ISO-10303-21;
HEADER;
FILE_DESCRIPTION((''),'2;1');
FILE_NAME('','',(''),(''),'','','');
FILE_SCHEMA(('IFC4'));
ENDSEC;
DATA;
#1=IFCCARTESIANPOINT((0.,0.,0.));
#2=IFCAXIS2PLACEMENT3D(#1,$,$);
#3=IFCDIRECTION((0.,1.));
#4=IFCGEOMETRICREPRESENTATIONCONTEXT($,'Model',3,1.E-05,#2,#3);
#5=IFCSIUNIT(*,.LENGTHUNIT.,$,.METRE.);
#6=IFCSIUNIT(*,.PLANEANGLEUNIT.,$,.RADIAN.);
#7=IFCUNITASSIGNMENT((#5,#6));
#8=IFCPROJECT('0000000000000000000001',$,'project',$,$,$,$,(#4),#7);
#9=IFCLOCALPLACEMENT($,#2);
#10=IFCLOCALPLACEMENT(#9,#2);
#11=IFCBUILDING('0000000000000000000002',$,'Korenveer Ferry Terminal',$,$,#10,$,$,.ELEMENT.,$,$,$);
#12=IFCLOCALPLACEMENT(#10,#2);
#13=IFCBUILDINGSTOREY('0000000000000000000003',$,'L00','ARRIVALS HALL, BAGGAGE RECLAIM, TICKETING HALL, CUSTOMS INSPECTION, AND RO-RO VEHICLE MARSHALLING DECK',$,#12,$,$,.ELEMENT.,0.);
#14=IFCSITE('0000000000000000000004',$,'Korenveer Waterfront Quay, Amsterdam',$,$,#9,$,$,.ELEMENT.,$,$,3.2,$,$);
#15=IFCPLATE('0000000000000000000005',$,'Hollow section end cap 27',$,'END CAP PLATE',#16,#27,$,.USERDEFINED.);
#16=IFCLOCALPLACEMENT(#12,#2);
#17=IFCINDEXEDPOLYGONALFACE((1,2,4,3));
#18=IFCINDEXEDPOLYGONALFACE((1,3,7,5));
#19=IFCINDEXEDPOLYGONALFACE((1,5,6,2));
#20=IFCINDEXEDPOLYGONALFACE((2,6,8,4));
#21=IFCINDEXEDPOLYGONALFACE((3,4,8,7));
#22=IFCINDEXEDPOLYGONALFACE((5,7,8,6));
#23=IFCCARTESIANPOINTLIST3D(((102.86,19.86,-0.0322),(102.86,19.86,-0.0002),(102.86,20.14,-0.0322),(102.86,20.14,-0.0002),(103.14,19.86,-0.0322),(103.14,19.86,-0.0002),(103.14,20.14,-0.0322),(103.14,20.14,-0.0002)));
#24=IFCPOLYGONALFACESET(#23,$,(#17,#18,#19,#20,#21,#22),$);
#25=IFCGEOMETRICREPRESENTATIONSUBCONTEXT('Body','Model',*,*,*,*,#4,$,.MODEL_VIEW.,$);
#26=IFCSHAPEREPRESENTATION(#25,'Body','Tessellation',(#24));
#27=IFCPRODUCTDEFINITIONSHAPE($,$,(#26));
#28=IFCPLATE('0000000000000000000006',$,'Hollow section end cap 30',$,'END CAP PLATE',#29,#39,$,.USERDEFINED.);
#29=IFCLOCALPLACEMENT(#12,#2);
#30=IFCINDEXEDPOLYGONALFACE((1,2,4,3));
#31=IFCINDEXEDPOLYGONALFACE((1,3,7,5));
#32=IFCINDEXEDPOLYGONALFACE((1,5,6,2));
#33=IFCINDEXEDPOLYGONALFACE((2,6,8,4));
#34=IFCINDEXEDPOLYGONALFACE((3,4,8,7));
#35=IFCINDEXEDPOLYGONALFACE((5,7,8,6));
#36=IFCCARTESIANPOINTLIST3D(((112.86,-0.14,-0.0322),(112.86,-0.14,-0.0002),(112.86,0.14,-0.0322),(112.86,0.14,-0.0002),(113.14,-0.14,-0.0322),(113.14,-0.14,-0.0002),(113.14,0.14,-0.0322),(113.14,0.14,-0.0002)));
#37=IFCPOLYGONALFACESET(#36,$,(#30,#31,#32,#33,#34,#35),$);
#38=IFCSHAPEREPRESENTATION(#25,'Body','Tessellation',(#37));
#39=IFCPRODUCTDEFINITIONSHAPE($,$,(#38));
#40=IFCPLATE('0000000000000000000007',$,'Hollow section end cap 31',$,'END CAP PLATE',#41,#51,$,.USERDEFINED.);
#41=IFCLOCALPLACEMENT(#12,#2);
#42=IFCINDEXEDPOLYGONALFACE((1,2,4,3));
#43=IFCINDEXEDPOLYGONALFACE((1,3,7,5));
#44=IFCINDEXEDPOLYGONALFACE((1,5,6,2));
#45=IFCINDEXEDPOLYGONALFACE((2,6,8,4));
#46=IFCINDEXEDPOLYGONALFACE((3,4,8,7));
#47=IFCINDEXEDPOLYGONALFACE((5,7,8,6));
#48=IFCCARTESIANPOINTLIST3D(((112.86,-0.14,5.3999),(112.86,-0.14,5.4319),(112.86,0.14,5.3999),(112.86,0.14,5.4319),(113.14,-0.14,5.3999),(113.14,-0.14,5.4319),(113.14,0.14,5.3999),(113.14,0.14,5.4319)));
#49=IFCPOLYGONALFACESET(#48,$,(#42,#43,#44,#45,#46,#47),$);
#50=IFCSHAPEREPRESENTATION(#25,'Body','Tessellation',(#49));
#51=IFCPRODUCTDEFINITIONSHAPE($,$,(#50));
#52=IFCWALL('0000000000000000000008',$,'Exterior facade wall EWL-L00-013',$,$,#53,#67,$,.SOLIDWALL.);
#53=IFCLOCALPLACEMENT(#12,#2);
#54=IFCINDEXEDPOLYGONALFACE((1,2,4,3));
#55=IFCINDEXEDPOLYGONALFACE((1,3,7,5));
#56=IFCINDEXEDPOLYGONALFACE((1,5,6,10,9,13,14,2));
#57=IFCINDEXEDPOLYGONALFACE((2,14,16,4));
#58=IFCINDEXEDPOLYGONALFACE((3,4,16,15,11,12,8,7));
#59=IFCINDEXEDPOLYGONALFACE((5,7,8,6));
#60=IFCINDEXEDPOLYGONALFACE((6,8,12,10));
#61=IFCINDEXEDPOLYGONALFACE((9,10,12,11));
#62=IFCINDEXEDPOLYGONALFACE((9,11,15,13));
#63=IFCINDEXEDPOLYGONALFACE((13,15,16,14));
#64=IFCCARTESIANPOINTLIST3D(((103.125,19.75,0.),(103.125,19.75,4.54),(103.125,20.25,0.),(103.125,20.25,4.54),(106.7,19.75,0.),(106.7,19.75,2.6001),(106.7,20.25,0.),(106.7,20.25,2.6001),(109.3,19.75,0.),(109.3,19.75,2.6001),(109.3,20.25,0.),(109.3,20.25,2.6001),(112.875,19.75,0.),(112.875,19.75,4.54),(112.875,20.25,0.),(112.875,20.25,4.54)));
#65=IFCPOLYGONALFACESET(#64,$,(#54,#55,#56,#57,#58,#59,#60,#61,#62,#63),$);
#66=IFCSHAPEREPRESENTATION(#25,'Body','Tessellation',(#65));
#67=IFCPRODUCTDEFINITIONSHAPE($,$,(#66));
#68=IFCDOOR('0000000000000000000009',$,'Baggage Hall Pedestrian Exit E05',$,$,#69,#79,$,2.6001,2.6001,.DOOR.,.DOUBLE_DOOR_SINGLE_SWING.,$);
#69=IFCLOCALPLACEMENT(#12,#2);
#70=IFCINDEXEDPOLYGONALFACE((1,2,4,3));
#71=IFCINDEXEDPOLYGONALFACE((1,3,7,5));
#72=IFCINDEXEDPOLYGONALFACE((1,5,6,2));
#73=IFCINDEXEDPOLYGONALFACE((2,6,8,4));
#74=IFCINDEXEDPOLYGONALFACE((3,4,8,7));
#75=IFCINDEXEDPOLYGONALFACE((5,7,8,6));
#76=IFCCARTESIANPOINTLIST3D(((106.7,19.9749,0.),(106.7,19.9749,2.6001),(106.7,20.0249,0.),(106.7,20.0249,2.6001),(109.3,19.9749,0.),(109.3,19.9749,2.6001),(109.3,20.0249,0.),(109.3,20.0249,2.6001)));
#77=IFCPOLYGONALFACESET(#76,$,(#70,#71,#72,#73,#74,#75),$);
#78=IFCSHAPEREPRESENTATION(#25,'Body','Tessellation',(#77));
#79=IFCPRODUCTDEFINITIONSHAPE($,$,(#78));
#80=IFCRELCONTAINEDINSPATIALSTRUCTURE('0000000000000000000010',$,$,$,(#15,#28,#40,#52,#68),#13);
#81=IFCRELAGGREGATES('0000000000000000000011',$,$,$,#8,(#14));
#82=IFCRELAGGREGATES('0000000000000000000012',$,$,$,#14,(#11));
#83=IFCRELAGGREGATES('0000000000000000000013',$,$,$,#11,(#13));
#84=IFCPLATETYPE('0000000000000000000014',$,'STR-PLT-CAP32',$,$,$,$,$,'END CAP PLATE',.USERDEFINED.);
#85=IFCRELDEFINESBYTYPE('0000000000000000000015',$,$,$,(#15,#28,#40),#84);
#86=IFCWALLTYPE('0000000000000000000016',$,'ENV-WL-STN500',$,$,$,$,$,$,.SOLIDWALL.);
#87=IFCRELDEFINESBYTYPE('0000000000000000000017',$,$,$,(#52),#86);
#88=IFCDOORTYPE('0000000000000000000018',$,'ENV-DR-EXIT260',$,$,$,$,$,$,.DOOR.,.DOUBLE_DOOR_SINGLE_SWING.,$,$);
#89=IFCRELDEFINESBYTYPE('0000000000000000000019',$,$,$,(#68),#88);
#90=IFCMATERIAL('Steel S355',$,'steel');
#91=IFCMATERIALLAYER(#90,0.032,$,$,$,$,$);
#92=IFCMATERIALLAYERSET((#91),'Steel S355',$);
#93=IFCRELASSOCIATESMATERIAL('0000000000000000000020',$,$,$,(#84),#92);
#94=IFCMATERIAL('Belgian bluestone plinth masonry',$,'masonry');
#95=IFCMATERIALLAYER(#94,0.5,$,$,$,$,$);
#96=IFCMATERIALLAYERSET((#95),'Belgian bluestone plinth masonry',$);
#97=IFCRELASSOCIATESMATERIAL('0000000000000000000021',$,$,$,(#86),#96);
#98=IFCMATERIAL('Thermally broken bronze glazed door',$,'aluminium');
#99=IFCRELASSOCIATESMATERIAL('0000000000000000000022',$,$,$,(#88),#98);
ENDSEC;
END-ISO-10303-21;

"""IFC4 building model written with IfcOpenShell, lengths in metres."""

from ifc_helpers import new_model, si_unit, direction, frame, frame_2d, origin, origin_2d, place, context, subcontext, project, spatial, rectangle, extrude, material, layer, layer_set, type_object, element, fill, save


model = new_model("IFC4")

# Units and contexts
model_context = context("Model", 3, precision=1e-05, world=origin(), true_north=direction((0.0, 1.0)))
body_context = subcontext(model_context, "Body", "Model", "MODEL_VIEW")
ifc_project = project(units=[si_unit("LENGTHUNIT", "METRE"), si_unit("PLANEANGLEUNIT", "RADIAN")], contexts=[model_context])

# Site, building, storey
site_placement = place(None, origin())
site = spatial("IfcSite", under=ifc_project, at=site_placement, Name="Korenveer Waterfront Quay, Amsterdam", CompositionType="ELEMENT", RefElevation=3.2)
building_placement = place(site_placement, origin())
building = spatial("IfcBuilding", under=site, at=building_placement, Name="Korenveer Ferry Terminal", CompositionType="ELEMENT")
storey_placement = place(building_placement, origin())
storey = spatial("IfcBuildingStorey", under=building, at=storey_placement, Name="L00", Description="ARRIVALS HALL, BAGGAGE RECLAIM, TICKETING HALL, CUSTOMS INSPECTION, AND RO-RO VEHICLE MARSHALLING DECK", CompositionType="ELEMENT", Elevation=0.0)

# Shared definitions
ifc_material_1 = material(Name="Steel S355", Category="steel")

# Plates
ifc_layer_1 = layer(ifc_material_1, 0.032)
ifc_layer_set_1 = layer_set([ifc_layer_1], Name="Steel S355")
plate_type = type_object("IfcPlateType", Name="STR-PLT-CAP32", ElementType="END CAP PLATE", PredefinedType="USERDEFINED", material=ifc_layer_set_1)
for number, where, z_axis, x_axis, name in (
    (1, (103.0, 20.0, -0.0322), (0.0, 0.0, 1.0), (1.0, 0.0, 0.0), "Hollow section end cap 27"),
    (2, (113.0, 0.0, -0.0322), (0.0, 0.0, 1.0), (1.0, 0.0, 0.0), "Hollow section end cap 30"),
    (3, (113.0, 0.0, 5.3999), (0.0, 0.0, 1.0), (1.0, 0.0, 0.0), "Hollow section end cap 31"),
):
    element("IfcPlate", number, at=place(storey_placement, frame(where, z_axis=z_axis, x_axis=x_axis)), inside=storey, type_object=plate_type, Name=name, ObjectType="END CAP PLATE", PredefinedType="USERDEFINED", context=body_context, shape_type="SweptSolid", body=[
        extrude(rectangle(XDim=0.28, YDim=0.28, at=origin_2d()), origin(), (0.0, 0.0, 1.0), 0.032),
    ])

# Wall, opening, door
ifc_material_2 = material(Name="Belgian bluestone plinth masonry", Category="masonry")
ifc_layer_2 = layer(ifc_material_2, 0.5)
ifc_layer_set_2 = layer_set([ifc_layer_2], Name="Belgian bluestone plinth masonry")
wall_type = type_object("IfcWallType", Name="ENV-WL-STN500", PredefinedType="SOLIDWALL", material=ifc_layer_set_2)
wall_1_placement = place(storey_placement, frame((103.125, 20.0, 0.0), z_axis=(0.0, 0.0, 1.0), x_axis=(1.0, 0.0, 0.0)))
wall_1 = element("IfcWall", 4, at=wall_1_placement, inside=storey, type_object=wall_type, Name="Exterior facade wall EWL-L00-013", PredefinedType="SOLIDWALL", context=body_context, shape_type="SweptSolid", body=[
    extrude(rectangle(XDim=9.75, YDim=0.5, at=frame_2d((4.875, 0.0))), origin(), (0.0, 0.0, 1.0), 4.54),
])
opening_1_placement = place(wall_1_placement, frame((3.575, 0.0, 0.0)))
opening_1 = element("IfcOpeningElement", 5, at=opening_1_placement, cuts=wall_1, PredefinedType="OPENING", context=body_context, shape_type="SweptSolid", body=[
    extrude(rectangle(XDim=2.6001, YDim=2.6001, at=frame_2d((1.3, 1.3))), frame((0.0, 0.26, 0.0), z_axis=(0.0, -1.0, 0.0), x_axis=(1.0, 0.0, 0.0)), (0.0, 0.0, 1.0), 0.52),
])
ifc_material_3 = material(Name="Thermally broken bronze glazed door", Category="aluminium")
door_type_1 = type_object("IfcDoorType", Name="ENV-DR-EXIT260", OperationType="DOUBLE_DOOR_SINGLE_SWING", PredefinedType="DOOR", material=ifc_material_3)
door_1_placement = place(opening_1_placement, origin())
door_1 = element("IfcDoor", 6, at=door_1_placement, inside=storey, type_object=door_type_1, Name="Baggage Hall Pedestrian Exit E05", OperationType="DOUBLE_DOOR_SINGLE_SWING", OverallHeight=2.6001, OverallWidth=2.6001, PredefinedType="DOOR", context=body_context, shape_type="SweptSolid", body=[
    extrude(rectangle(XDim=2.6001, YDim=2.6001, at=frame_2d((1.3, 1.3))), frame((0.0, 0.0249, 0.0), z_axis=(0.0, -1.0, 0.0), x_axis=(1.0, 0.0, 0.0)), (0.0, 0.0, 1.0), 0.05),
])
fill(opening_1, door_1)

save(model, "model.ifc")
